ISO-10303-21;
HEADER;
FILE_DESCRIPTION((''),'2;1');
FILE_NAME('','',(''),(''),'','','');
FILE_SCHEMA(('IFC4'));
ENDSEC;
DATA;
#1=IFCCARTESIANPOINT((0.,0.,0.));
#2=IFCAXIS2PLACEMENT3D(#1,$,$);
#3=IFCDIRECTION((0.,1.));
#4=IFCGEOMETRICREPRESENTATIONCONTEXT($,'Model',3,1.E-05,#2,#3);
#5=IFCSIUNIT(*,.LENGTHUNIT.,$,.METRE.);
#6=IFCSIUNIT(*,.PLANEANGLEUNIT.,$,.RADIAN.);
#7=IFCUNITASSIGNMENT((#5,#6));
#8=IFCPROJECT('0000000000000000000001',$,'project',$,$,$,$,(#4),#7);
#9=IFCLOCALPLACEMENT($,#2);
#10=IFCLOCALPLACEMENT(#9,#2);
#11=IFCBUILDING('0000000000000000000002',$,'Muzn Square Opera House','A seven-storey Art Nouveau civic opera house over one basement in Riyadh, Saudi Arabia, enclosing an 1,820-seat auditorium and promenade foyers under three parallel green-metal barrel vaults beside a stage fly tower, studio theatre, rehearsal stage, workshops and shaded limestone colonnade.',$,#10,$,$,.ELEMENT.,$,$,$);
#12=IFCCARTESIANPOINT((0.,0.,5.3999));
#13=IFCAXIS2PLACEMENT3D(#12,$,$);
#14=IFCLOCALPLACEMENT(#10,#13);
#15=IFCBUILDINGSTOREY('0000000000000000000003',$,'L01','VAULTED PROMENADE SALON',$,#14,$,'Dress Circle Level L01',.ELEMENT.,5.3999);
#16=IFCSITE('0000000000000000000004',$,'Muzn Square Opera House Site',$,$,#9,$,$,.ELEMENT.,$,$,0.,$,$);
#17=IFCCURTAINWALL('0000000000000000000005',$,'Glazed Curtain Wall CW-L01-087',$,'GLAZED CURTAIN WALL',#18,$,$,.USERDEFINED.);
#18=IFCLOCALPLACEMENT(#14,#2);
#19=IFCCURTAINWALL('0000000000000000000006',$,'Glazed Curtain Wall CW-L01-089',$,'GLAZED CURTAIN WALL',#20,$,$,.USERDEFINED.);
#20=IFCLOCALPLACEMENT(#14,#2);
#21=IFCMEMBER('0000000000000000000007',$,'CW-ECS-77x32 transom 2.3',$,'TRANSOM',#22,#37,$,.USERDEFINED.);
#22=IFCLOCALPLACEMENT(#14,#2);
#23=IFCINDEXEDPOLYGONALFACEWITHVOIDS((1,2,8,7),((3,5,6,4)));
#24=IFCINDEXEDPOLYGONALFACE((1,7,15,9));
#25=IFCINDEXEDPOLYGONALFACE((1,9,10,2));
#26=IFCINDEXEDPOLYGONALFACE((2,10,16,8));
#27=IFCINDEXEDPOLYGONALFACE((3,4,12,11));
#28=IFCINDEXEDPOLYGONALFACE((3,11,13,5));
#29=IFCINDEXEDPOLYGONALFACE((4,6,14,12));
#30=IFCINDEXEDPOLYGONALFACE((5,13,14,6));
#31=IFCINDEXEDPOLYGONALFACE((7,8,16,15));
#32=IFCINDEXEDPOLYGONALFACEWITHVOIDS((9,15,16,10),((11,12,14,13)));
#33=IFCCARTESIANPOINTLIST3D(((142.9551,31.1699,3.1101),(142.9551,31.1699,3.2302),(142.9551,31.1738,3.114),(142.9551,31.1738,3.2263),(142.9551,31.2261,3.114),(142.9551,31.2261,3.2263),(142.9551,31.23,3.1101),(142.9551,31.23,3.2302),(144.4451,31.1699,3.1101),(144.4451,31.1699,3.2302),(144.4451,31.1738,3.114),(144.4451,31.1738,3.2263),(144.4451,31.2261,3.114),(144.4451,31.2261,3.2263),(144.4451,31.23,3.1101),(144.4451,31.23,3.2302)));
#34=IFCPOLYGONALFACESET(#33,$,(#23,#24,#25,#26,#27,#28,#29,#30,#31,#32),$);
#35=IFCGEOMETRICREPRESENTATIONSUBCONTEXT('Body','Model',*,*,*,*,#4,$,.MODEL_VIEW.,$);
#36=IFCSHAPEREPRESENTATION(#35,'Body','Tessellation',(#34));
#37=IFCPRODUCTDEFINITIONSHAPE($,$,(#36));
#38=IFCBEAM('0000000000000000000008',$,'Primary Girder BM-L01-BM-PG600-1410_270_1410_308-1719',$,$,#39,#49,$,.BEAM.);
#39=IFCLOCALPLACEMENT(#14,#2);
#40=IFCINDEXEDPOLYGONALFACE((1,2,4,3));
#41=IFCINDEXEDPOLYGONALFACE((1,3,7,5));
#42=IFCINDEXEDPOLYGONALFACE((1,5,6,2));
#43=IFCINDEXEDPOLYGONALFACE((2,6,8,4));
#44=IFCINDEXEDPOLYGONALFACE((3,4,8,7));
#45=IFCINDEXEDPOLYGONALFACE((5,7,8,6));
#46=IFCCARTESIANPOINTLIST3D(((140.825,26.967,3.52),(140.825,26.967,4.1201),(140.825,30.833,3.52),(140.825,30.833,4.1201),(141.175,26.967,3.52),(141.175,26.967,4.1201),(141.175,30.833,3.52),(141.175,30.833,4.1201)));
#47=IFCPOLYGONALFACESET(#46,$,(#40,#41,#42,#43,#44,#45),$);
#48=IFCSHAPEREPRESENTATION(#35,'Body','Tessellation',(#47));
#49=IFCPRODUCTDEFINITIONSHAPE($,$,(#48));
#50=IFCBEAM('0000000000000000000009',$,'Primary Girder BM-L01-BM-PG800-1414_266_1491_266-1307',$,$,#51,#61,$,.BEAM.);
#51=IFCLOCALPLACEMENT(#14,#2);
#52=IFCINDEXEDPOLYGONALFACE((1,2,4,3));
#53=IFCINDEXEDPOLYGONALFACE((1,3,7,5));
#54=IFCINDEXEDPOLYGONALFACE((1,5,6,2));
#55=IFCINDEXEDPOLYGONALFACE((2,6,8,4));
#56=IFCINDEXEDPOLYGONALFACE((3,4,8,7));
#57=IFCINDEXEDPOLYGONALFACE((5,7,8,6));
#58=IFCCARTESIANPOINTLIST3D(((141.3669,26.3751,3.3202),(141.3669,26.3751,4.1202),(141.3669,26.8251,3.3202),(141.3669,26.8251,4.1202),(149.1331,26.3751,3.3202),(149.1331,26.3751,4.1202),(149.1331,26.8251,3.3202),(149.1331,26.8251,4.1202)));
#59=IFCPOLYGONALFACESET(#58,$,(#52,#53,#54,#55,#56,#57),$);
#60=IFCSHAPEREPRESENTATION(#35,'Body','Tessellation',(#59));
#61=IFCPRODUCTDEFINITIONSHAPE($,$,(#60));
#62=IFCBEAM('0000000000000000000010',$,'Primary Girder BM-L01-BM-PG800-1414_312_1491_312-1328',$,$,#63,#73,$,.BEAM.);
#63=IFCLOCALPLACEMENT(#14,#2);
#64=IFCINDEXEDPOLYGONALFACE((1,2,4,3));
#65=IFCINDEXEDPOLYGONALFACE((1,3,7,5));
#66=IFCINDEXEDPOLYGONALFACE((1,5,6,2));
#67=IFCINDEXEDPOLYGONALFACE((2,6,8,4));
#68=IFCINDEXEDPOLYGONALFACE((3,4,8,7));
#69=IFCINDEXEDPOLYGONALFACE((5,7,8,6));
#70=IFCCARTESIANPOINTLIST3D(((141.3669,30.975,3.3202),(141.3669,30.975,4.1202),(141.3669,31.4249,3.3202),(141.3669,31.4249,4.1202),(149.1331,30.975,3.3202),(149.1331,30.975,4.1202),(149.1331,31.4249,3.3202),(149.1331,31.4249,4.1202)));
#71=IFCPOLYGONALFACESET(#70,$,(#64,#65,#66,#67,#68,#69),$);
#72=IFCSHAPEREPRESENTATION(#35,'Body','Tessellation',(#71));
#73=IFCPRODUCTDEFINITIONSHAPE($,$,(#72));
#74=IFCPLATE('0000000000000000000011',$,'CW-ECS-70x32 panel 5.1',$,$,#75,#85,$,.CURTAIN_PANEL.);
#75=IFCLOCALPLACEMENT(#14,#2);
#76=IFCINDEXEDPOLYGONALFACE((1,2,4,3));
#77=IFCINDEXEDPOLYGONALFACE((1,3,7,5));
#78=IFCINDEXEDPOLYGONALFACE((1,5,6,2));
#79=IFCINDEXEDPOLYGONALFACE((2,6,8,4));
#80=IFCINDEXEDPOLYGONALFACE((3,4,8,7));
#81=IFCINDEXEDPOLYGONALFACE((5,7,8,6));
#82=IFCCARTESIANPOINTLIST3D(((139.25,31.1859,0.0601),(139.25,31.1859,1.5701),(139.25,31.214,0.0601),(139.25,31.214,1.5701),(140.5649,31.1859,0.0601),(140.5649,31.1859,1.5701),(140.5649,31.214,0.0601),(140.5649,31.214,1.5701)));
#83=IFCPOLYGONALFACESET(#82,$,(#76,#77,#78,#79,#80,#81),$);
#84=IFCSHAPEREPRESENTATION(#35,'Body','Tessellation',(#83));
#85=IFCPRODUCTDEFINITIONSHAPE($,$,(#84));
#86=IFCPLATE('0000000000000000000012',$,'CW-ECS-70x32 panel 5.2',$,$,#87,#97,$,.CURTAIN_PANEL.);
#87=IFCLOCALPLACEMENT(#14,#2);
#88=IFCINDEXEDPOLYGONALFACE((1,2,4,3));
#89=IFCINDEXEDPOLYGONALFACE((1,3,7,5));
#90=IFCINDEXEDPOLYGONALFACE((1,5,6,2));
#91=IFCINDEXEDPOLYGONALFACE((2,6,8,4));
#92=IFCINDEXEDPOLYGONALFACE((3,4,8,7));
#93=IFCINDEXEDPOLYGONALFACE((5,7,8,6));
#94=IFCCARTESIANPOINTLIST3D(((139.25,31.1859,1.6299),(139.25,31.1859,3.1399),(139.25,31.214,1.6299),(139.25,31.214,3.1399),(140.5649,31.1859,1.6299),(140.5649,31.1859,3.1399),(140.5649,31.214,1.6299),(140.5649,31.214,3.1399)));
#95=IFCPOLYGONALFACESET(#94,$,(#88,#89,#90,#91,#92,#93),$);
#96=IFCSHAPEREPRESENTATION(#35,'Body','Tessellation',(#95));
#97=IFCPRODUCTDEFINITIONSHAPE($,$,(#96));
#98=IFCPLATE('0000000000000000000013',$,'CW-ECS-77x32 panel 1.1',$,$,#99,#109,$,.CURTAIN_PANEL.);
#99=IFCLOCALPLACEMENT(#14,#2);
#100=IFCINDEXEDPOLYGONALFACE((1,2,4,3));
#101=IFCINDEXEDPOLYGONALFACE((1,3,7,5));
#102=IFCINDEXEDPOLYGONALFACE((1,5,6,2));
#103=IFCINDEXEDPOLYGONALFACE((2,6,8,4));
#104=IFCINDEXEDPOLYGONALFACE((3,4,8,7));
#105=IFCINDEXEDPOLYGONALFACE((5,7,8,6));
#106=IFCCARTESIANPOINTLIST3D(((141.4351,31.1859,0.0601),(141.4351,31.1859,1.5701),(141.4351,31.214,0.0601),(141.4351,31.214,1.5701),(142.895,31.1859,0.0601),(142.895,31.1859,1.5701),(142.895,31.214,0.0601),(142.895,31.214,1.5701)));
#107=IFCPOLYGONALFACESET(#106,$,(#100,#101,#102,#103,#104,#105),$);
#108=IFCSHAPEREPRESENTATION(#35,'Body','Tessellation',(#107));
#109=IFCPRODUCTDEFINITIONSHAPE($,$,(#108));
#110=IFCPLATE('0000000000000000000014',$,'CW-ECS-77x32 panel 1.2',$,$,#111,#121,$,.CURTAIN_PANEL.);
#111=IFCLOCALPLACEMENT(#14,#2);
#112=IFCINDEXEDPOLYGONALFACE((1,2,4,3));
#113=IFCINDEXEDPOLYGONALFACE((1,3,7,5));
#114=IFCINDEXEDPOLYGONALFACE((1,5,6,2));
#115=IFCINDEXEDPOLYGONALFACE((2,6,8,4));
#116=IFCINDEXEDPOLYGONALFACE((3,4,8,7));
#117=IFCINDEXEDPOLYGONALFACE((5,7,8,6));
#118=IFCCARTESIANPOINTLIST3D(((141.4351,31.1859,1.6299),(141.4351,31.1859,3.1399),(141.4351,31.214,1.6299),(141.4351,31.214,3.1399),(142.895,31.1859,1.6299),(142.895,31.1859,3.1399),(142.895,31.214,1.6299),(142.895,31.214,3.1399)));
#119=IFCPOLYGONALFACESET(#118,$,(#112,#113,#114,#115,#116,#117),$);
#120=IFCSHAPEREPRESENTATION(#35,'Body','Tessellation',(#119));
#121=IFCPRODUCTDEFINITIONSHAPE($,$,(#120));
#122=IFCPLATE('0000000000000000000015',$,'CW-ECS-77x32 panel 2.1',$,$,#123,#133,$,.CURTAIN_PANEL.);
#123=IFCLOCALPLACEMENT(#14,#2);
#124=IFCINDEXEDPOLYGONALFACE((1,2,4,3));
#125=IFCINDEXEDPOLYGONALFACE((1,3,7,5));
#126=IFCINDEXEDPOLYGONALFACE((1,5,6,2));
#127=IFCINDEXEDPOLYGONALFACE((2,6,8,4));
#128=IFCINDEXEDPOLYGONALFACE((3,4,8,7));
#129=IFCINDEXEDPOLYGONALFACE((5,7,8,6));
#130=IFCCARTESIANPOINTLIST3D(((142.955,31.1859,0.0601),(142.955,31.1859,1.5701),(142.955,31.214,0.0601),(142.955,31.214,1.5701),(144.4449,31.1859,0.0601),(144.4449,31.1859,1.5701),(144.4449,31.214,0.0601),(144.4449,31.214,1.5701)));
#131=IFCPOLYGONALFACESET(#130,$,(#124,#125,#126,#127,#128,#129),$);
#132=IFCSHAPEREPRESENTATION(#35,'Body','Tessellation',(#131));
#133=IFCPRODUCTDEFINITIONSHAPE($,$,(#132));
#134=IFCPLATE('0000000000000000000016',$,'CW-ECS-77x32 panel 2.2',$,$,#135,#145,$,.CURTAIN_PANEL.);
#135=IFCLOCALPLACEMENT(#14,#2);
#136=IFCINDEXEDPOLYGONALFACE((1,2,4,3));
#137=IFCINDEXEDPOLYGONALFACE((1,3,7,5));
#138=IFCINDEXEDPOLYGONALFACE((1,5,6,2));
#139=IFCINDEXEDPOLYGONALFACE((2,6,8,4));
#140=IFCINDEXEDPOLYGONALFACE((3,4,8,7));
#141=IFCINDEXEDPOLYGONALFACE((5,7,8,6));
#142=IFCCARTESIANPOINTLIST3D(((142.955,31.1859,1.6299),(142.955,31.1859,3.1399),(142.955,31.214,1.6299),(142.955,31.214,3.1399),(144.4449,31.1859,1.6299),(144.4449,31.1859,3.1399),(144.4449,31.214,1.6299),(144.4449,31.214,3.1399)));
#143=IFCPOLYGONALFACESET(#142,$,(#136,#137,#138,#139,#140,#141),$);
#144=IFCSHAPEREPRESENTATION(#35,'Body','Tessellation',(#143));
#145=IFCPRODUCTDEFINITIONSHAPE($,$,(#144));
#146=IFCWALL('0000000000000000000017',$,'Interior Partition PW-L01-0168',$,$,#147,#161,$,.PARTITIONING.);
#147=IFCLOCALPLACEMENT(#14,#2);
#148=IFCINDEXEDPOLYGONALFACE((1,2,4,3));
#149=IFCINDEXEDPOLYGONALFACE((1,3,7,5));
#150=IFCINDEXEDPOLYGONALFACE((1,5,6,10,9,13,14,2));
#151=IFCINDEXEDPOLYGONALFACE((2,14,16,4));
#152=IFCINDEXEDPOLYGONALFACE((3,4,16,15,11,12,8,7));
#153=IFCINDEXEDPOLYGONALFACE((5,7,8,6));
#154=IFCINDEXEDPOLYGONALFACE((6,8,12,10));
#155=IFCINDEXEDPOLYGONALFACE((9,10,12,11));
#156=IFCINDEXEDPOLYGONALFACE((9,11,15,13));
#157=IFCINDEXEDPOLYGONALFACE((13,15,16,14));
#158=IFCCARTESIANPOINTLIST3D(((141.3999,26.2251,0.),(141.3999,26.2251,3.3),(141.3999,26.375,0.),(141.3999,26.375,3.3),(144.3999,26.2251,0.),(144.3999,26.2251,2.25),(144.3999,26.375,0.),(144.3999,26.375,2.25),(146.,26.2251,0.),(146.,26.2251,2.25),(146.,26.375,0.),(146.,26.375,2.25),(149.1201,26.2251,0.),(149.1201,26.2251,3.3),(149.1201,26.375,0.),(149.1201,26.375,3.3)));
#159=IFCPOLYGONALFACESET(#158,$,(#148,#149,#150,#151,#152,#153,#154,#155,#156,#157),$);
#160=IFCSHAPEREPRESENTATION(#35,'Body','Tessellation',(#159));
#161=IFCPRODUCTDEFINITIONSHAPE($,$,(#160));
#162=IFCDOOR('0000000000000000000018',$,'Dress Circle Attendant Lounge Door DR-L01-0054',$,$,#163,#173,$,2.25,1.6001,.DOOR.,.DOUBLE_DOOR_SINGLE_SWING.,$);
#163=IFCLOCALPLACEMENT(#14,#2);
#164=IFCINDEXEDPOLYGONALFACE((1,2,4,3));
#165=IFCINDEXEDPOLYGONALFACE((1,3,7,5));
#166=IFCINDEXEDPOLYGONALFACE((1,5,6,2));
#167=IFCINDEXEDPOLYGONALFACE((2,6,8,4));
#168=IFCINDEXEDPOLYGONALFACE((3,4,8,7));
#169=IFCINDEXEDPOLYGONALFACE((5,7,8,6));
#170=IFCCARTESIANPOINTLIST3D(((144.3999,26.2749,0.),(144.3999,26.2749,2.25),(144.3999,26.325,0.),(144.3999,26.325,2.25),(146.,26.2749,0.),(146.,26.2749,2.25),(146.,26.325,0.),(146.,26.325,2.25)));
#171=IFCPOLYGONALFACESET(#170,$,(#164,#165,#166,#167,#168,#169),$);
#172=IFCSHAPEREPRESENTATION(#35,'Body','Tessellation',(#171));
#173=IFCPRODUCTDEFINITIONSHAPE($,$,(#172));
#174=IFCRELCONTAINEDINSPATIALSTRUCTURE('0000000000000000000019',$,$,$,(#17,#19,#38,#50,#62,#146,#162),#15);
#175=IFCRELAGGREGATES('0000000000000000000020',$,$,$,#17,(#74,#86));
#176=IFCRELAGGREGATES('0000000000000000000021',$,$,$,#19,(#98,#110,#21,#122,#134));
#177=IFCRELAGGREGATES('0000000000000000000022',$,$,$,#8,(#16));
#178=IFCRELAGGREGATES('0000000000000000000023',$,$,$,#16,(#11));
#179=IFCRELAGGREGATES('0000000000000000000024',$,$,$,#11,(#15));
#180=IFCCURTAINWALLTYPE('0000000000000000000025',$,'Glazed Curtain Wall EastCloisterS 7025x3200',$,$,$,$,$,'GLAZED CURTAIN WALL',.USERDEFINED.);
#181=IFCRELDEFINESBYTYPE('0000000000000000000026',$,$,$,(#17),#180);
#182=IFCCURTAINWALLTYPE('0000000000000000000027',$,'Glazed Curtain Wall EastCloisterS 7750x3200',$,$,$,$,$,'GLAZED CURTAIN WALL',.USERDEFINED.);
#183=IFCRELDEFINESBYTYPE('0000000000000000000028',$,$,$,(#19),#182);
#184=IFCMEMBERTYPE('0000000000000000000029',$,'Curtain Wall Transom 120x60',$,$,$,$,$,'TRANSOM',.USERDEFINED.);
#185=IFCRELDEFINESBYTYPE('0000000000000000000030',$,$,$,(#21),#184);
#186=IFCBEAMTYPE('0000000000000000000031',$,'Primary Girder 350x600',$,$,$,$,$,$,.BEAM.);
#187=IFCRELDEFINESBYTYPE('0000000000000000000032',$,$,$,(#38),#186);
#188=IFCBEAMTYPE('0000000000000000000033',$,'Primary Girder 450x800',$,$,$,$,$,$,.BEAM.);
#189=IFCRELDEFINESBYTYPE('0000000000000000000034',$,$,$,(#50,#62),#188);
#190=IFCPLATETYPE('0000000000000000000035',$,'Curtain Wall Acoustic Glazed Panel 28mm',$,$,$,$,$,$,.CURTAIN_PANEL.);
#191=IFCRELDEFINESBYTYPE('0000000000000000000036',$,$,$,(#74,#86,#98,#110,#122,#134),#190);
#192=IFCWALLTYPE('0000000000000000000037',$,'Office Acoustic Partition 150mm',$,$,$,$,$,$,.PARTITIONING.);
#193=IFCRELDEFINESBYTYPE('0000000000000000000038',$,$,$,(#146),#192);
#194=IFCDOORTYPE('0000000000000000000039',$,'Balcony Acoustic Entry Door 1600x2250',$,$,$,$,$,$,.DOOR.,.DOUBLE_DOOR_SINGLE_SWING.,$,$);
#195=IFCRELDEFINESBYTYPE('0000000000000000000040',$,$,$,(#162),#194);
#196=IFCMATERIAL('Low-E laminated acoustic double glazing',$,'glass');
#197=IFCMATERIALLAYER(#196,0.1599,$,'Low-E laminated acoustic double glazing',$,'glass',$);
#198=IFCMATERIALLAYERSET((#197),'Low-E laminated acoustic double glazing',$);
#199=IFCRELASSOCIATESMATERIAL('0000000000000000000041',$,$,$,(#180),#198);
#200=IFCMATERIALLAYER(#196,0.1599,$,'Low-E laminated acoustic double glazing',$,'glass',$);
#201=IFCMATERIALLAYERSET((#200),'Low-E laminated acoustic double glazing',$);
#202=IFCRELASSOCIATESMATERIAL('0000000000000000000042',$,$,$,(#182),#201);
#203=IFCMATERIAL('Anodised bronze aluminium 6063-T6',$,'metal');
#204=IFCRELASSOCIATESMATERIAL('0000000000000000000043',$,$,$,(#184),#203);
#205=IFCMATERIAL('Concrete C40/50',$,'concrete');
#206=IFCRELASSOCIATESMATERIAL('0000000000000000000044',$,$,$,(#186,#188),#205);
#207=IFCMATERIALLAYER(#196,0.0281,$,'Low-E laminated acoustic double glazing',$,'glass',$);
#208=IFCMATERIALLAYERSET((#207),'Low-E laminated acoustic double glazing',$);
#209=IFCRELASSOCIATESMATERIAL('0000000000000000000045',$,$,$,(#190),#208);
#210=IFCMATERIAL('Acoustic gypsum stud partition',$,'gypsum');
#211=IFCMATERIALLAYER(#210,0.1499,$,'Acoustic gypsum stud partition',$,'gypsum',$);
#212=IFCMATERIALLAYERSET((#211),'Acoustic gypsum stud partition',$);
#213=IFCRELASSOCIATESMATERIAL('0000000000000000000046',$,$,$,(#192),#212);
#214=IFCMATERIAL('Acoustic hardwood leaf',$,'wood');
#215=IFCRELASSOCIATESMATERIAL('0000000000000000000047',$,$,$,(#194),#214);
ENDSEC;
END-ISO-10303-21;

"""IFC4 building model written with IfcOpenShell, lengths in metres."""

from ifc_helpers import new_model, si_unit, direction, frame, frame_2d, origin, origin_2d, place, context, subcontext, project, spatial, rectangle, hollow_rectangle, extrude, material, layer, layer_set, material_profile, profile_set, type_object, element, fill, aggregate, save


model = new_model("IFC4")

# Units and contexts
model_context = context("Model", 3, precision=1e-05, world=origin(), true_north=direction((0.0, 1.0)))
body_context = subcontext(model_context, "Body", "Model", "MODEL_VIEW")
ifc_project = project(units=[si_unit("LENGTHUNIT", "METRE"), si_unit("PLANEANGLEUNIT", "RADIAN")], contexts=[model_context])

# Site, building, storey
site_placement = place(None, origin())
site = spatial("IfcSite", under=ifc_project, at=site_placement, Name="Muzn Square Opera House Site", CompositionType="ELEMENT", RefElevation=0.0)
building_placement = place(site_placement, origin())
building = spatial("IfcBuilding", under=site, at=building_placement, Name="Muzn Square Opera House", Description="A seven-storey Art Nouveau civic opera house over one basement in Riyadh, Saudi Arabia, enclosing an 1,820-seat auditorium and promenade foyers under three parallel green-metal barrel vaults beside a stage fly tower, studio theatre, rehearsal stage, workshops and shaded limestone colonnade.", CompositionType="ELEMENT")
storey_placement = place(building_placement, frame((0.0, 0.0, 5.3999)))
storey = spatial("IfcBuildingStorey", under=building, at=storey_placement, Name="L01", Description="VAULTED PROMENADE SALON", LongName="Dress Circle Level L01", CompositionType="ELEMENT", Elevation=5.3999)

# Curtain wall
ifc_material_1 = material(Name="Low-E laminated acoustic double glazing", Category="glass")
ifc_layer_1 = layer(ifc_material_1, 0.1599, Name="Low-E laminated acoustic double glazing", Category="glass")
ifc_layer_set_1 = layer_set([ifc_layer_1], Name="Low-E laminated acoustic double glazing")
curtain_wall_type_1 = type_object("IfcCurtainWallType", Name="Glazed Curtain Wall EastCloisterS 7025x3200", ElementType="GLAZED CURTAIN WALL", PredefinedType="USERDEFINED", material=ifc_layer_set_1)
curtain_wall_1_placement = place(storey_placement, origin())
curtain_wall_1 = element("IfcCurtainWall", 1, at=curtain_wall_1_placement, inside=storey, type_object=curtain_wall_type_1, Name="Glazed Curtain Wall CW-L01-087", ObjectType="GLAZED CURTAIN WALL", PredefinedType="USERDEFINED")
ifc_material_2 = material(Name="Anodised bronze aluminium 6063-T6", Category="metal")

# Curtain wall
ifc_layer_2 = layer(ifc_material_1, 0.1599, Name="Low-E laminated acoustic double glazing", Category="glass")
ifc_layer_set_2 = layer_set([ifc_layer_2], Name="Low-E laminated acoustic double glazing")
curtain_wall_type_2 = type_object("IfcCurtainWallType", Name="Glazed Curtain Wall EastCloisterS 7750x3200", ElementType="GLAZED CURTAIN WALL", PredefinedType="USERDEFINED", material=ifc_layer_set_2)
curtain_wall_2_placement = place(storey_placement, origin())
curtain_wall_2 = element("IfcCurtainWall", 2, at=curtain_wall_2_placement, inside=storey, type_object=curtain_wall_type_2, Name="Glazed Curtain Wall CW-L01-089", ObjectType="GLAZED CURTAIN WALL", PredefinedType="USERDEFINED")

# Member
ifc_material_profile_1 = material_profile(ifc_material_2, hollow_rectangle(XDim=0.0601, YDim=0.1201, WallThickness=0.0039, at=origin_2d()), Name="ALU 120x60x4", Category="metal")
ifc_profile_set_1 = profile_set([ifc_material_profile_1], Name="Anodised bronze aluminium 6063-T6")
member_type_1 = type_object("IfcMemberType", Name="Curtain Wall Transom 120x60", ElementType="TRANSOM", PredefinedType="USERDEFINED", material=ifc_profile_set_1)
member_1_placement = place(storey_placement, frame((142.9551, 31.2, 3.1702), z_axis=(1.0, 0.0, 0.0), x_axis=(0.0, 1.0, 0.0)))
member_1 = element("IfcMember", 3, at=member_1_placement, type_object=member_type_1, Name="CW-ECS-77x32 transom 2.3", ObjectType="TRANSOM", PredefinedType="USERDEFINED", context=body_context, shape_type="SweptSolid", body=[
    extrude(hollow_rectangle(XDim=0.0601, YDim=0.1201, WallThickness=0.0039, at=origin_2d()), origin(), (0.0, 0.0, 1.0), 1.49),
])

# Beams
ifc_material_3 = material(Name="Concrete C40/50", Category="concrete")
ifc_material_profile_2 = material_profile(ifc_material_3, rectangle(XDim=0.3501, YDim=0.6001, at=origin_2d()), Name="RCB 350x600", Category="concrete")
ifc_profile_set_2 = profile_set([ifc_material_profile_2], Name="Concrete C40/50")
beam_type_1 = type_object("IfcBeamType", Name="Primary Girder 350x600", PredefinedType="BEAM", material=ifc_profile_set_2)
beam_placement = place(storey_placement, frame((141.0, 26.967, 3.8201), z_axis=(0.0, 1.0, 0.0), x_axis=(-1.0, 0.0, 0.0)))
element("IfcBeam", 4, at=beam_placement, inside=storey, type_object=beam_type_1, Name="Primary Girder BM-L01-BM-PG600-1410_270_1410_308-1719", PredefinedType="BEAM", context=body_context, shape_type="SweptSolid", body=[
    extrude(rectangle(XDim=0.3501, YDim=0.6001, at=origin_2d()), origin(), (0.0, 0.0, 1.0), 3.866),
])
ifc_material_profile_3 = material_profile(ifc_material_3, rectangle(XDim=0.45, YDim=0.8, at=origin_2d()), Name="RCB 450x800", Category="concrete")
ifc_profile_set_3 = profile_set([ifc_material_profile_3], Name="Concrete C40/50")
beam_type_2 = type_object("IfcBeamType", Name="Primary Girder 450x800", PredefinedType="BEAM", material=ifc_profile_set_3)
for number, where, z_axis, x_axis, name in (
    (5, (141.3669, 26.6001, 3.7202), (1.0, 0.0, 0.0), (0.0, 1.0, 0.0), "Primary Girder BM-L01-BM-PG800-1414_266_1491_266-1307"),
    (6, (141.3669, 31.2, 3.7202), (1.0, 0.0, 0.0), (0.0, 1.0, 0.0), "Primary Girder BM-L01-BM-PG800-1414_312_1491_312-1328"),
):
    element("IfcBeam", number, at=place(storey_placement, frame(where, z_axis=z_axis, x_axis=x_axis)), inside=storey, type_object=beam_type_2, Name=name, PredefinedType="BEAM", context=body_context, shape_type="SweptSolid", body=[
        extrude(rectangle(XDim=0.45, YDim=0.8, at=origin_2d()), origin(), (0.0, 0.0, 1.0), 7.7661),
    ])

# Plates
ifc_layer_3 = layer(ifc_material_1, 0.0281, Name="Low-E laminated acoustic double glazing", Category="glass")
ifc_layer_set_3 = layer_set([ifc_layer_3], Name="Low-E laminated acoustic double glazing")
plate_type = type_object("IfcPlateType", Name="Curtain Wall Acoustic Glazed Panel 28mm", PredefinedType="CURTAIN_PANEL", material=ifc_layer_set_3)
plate_1_placement = place(storey_placement, frame((139.9075, 31.2, 0.0601), z_axis=(0.0, 0.0, 1.0), x_axis=(1.0, 0.0, 0.0)))
plate_1 = element("IfcPlate", 7, at=plate_1_placement, type_object=plate_type, Name="CW-ECS-70x32 panel 5.1", PredefinedType="CURTAIN_PANEL", context=body_context, shape_type="SweptSolid", body=[
    extrude(rectangle(XDim=1.3149, YDim=0.0281, at=origin_2d()), origin(), (0.0, 0.0, 1.0), 1.51),
])
plate_2_placement = place(storey_placement, frame((139.9075, 31.2, 1.6299), z_axis=(0.0, 0.0, 1.0), x_axis=(1.0, 0.0, 0.0)))
plate_2 = element("IfcPlate", 8, at=plate_2_placement, type_object=plate_type, Name="CW-ECS-70x32 panel 5.2", PredefinedType="CURTAIN_PANEL", context=body_context, shape_type="SweptSolid", body=[
    extrude(rectangle(XDim=1.3149, YDim=0.0281, at=origin_2d()), origin(), (0.0, 0.0, 1.0), 1.51),
])
aggregate(curtain_wall_1, [plate_1, plate_2])
plate_3_placement = place(storey_placement, frame((142.165, 31.2, 0.0601), z_axis=(0.0, 0.0, 1.0), x_axis=(1.0, 0.0, 0.0)))
plate_3 = element("IfcPlate", 9, at=plate_3_placement, type_object=plate_type, Name="CW-ECS-77x32 panel 1.1", PredefinedType="CURTAIN_PANEL", context=body_context, shape_type="SweptSolid", body=[
    extrude(rectangle(XDim=1.46, YDim=0.0281, at=origin_2d()), origin(), (0.0, 0.0, 1.0), 1.51),
])
plate_4_placement = place(storey_placement, frame((142.165, 31.2, 1.6299), z_axis=(0.0, 0.0, 1.0), x_axis=(1.0, 0.0, 0.0)))
plate_4 = element("IfcPlate", 10, at=plate_4_placement, type_object=plate_type, Name="CW-ECS-77x32 panel 1.2", PredefinedType="CURTAIN_PANEL", context=body_context, shape_type="SweptSolid", body=[
    extrude(rectangle(XDim=1.46, YDim=0.0281, at=origin_2d()), origin(), (0.0, 0.0, 1.0), 1.51),
])
plate_5_placement = place(storey_placement, frame((143.7, 31.2, 0.0601), z_axis=(0.0, 0.0, 1.0), x_axis=(1.0, 0.0, 0.0)))
plate_5 = element("IfcPlate", 11, at=plate_5_placement, type_object=plate_type, Name="CW-ECS-77x32 panel 2.1", PredefinedType="CURTAIN_PANEL", context=body_context, shape_type="SweptSolid", body=[
    extrude(rectangle(XDim=1.49, YDim=0.0281, at=origin_2d()), origin(), (0.0, 0.0, 1.0), 1.51),
])
plate_6_placement = place(storey_placement, frame((143.7, 31.2, 1.6299), z_axis=(0.0, 0.0, 1.0), x_axis=(1.0, 0.0, 0.0)))
plate_6 = element("IfcPlate", 12, at=plate_6_placement, type_object=plate_type, Name="CW-ECS-77x32 panel 2.2", PredefinedType="CURTAIN_PANEL", context=body_context, shape_type="SweptSolid", body=[
    extrude(rectangle(XDim=1.49, YDim=0.0281, at=origin_2d()), origin(), (0.0, 0.0, 1.0), 1.51),
])
aggregate(curtain_wall_2, [plate_3, plate_4, member_1, plate_5, plate_6])

# Wall, opening, door
ifc_material_4 = material(Name="Acoustic gypsum stud partition", Category="gypsum")
ifc_layer_4 = layer(ifc_material_4, 0.1499, Name="Acoustic gypsum stud partition", Category="gypsum")
ifc_layer_set_4 = layer_set([ifc_layer_4], Name="Acoustic gypsum stud partition")
wall_type = type_object("IfcWallType", Name="Office Acoustic Partition 150mm", PredefinedType="PARTITIONING", material=ifc_layer_set_4)
wall_placement = place(storey_placement, frame((141.3999, 26.3, 0.0), z_axis=(0.0, 0.0, 1.0), x_axis=(1.0, 0.0, 0.0)))
wall = element("IfcWall", 13, at=wall_placement, inside=storey, type_object=wall_type, Name="Interior Partition PW-L01-0168", PredefinedType="PARTITIONING", context=body_context, shape_type="SweptSolid", body=[
    extrude(rectangle(XDim=7.7202, YDim=0.1499, at=frame_2d((3.8601, 0.0))), origin(), (0.0, 0.0, 1.0), 3.3),
])
opening_placement = place(wall_placement, frame((3.0, 0.0, 0.0)))
opening = element("IfcOpeningElement", 14, at=opening_placement, cuts=wall, PredefinedType="OPENING", context=body_context, shape_type="SweptSolid", body=[
    extrude(rectangle(XDim=1.6001, YDim=2.25, at=frame_2d((0.8, 1.125))), frame((0.0, 0.085, 0.0), z_axis=(0.0, -1.0, 0.0), x_axis=(1.0, 0.0, 0.0)), (0.0, 0.0, 1.0), 0.1699),
])
ifc_material_5 = material(Name="Acoustic hardwood leaf", Category="wood")
door_type = type_object("IfcDoorType", Name="Balcony Acoustic Entry Door 1600x2250", OperationType="DOUBLE_DOOR_SINGLE_SWING", PredefinedType="DOOR", material=ifc_material_5)
door_placement = place(opening_placement, origin())
door = element("IfcDoor", 15, at=door_placement, inside=storey, type_object=door_type, Name="Dress Circle Attendant Lounge Door DR-L01-0054", OperationType="DOUBLE_DOOR_SINGLE_SWING", OverallHeight=2.25, OverallWidth=1.6001, PredefinedType="DOOR", context=body_context, shape_type="SweptSolid", body=[
    extrude(rectangle(XDim=1.6001, YDim=2.25, at=frame_2d((0.8, 1.125))), frame((0.0, 0.0249, 0.0), z_axis=(0.0, -1.0, 0.0), x_axis=(1.0, 0.0, 0.0)), (0.0, 0.0, 1.0), 0.05),
])
fill(opening, door)

save(model, "model.ifc")
